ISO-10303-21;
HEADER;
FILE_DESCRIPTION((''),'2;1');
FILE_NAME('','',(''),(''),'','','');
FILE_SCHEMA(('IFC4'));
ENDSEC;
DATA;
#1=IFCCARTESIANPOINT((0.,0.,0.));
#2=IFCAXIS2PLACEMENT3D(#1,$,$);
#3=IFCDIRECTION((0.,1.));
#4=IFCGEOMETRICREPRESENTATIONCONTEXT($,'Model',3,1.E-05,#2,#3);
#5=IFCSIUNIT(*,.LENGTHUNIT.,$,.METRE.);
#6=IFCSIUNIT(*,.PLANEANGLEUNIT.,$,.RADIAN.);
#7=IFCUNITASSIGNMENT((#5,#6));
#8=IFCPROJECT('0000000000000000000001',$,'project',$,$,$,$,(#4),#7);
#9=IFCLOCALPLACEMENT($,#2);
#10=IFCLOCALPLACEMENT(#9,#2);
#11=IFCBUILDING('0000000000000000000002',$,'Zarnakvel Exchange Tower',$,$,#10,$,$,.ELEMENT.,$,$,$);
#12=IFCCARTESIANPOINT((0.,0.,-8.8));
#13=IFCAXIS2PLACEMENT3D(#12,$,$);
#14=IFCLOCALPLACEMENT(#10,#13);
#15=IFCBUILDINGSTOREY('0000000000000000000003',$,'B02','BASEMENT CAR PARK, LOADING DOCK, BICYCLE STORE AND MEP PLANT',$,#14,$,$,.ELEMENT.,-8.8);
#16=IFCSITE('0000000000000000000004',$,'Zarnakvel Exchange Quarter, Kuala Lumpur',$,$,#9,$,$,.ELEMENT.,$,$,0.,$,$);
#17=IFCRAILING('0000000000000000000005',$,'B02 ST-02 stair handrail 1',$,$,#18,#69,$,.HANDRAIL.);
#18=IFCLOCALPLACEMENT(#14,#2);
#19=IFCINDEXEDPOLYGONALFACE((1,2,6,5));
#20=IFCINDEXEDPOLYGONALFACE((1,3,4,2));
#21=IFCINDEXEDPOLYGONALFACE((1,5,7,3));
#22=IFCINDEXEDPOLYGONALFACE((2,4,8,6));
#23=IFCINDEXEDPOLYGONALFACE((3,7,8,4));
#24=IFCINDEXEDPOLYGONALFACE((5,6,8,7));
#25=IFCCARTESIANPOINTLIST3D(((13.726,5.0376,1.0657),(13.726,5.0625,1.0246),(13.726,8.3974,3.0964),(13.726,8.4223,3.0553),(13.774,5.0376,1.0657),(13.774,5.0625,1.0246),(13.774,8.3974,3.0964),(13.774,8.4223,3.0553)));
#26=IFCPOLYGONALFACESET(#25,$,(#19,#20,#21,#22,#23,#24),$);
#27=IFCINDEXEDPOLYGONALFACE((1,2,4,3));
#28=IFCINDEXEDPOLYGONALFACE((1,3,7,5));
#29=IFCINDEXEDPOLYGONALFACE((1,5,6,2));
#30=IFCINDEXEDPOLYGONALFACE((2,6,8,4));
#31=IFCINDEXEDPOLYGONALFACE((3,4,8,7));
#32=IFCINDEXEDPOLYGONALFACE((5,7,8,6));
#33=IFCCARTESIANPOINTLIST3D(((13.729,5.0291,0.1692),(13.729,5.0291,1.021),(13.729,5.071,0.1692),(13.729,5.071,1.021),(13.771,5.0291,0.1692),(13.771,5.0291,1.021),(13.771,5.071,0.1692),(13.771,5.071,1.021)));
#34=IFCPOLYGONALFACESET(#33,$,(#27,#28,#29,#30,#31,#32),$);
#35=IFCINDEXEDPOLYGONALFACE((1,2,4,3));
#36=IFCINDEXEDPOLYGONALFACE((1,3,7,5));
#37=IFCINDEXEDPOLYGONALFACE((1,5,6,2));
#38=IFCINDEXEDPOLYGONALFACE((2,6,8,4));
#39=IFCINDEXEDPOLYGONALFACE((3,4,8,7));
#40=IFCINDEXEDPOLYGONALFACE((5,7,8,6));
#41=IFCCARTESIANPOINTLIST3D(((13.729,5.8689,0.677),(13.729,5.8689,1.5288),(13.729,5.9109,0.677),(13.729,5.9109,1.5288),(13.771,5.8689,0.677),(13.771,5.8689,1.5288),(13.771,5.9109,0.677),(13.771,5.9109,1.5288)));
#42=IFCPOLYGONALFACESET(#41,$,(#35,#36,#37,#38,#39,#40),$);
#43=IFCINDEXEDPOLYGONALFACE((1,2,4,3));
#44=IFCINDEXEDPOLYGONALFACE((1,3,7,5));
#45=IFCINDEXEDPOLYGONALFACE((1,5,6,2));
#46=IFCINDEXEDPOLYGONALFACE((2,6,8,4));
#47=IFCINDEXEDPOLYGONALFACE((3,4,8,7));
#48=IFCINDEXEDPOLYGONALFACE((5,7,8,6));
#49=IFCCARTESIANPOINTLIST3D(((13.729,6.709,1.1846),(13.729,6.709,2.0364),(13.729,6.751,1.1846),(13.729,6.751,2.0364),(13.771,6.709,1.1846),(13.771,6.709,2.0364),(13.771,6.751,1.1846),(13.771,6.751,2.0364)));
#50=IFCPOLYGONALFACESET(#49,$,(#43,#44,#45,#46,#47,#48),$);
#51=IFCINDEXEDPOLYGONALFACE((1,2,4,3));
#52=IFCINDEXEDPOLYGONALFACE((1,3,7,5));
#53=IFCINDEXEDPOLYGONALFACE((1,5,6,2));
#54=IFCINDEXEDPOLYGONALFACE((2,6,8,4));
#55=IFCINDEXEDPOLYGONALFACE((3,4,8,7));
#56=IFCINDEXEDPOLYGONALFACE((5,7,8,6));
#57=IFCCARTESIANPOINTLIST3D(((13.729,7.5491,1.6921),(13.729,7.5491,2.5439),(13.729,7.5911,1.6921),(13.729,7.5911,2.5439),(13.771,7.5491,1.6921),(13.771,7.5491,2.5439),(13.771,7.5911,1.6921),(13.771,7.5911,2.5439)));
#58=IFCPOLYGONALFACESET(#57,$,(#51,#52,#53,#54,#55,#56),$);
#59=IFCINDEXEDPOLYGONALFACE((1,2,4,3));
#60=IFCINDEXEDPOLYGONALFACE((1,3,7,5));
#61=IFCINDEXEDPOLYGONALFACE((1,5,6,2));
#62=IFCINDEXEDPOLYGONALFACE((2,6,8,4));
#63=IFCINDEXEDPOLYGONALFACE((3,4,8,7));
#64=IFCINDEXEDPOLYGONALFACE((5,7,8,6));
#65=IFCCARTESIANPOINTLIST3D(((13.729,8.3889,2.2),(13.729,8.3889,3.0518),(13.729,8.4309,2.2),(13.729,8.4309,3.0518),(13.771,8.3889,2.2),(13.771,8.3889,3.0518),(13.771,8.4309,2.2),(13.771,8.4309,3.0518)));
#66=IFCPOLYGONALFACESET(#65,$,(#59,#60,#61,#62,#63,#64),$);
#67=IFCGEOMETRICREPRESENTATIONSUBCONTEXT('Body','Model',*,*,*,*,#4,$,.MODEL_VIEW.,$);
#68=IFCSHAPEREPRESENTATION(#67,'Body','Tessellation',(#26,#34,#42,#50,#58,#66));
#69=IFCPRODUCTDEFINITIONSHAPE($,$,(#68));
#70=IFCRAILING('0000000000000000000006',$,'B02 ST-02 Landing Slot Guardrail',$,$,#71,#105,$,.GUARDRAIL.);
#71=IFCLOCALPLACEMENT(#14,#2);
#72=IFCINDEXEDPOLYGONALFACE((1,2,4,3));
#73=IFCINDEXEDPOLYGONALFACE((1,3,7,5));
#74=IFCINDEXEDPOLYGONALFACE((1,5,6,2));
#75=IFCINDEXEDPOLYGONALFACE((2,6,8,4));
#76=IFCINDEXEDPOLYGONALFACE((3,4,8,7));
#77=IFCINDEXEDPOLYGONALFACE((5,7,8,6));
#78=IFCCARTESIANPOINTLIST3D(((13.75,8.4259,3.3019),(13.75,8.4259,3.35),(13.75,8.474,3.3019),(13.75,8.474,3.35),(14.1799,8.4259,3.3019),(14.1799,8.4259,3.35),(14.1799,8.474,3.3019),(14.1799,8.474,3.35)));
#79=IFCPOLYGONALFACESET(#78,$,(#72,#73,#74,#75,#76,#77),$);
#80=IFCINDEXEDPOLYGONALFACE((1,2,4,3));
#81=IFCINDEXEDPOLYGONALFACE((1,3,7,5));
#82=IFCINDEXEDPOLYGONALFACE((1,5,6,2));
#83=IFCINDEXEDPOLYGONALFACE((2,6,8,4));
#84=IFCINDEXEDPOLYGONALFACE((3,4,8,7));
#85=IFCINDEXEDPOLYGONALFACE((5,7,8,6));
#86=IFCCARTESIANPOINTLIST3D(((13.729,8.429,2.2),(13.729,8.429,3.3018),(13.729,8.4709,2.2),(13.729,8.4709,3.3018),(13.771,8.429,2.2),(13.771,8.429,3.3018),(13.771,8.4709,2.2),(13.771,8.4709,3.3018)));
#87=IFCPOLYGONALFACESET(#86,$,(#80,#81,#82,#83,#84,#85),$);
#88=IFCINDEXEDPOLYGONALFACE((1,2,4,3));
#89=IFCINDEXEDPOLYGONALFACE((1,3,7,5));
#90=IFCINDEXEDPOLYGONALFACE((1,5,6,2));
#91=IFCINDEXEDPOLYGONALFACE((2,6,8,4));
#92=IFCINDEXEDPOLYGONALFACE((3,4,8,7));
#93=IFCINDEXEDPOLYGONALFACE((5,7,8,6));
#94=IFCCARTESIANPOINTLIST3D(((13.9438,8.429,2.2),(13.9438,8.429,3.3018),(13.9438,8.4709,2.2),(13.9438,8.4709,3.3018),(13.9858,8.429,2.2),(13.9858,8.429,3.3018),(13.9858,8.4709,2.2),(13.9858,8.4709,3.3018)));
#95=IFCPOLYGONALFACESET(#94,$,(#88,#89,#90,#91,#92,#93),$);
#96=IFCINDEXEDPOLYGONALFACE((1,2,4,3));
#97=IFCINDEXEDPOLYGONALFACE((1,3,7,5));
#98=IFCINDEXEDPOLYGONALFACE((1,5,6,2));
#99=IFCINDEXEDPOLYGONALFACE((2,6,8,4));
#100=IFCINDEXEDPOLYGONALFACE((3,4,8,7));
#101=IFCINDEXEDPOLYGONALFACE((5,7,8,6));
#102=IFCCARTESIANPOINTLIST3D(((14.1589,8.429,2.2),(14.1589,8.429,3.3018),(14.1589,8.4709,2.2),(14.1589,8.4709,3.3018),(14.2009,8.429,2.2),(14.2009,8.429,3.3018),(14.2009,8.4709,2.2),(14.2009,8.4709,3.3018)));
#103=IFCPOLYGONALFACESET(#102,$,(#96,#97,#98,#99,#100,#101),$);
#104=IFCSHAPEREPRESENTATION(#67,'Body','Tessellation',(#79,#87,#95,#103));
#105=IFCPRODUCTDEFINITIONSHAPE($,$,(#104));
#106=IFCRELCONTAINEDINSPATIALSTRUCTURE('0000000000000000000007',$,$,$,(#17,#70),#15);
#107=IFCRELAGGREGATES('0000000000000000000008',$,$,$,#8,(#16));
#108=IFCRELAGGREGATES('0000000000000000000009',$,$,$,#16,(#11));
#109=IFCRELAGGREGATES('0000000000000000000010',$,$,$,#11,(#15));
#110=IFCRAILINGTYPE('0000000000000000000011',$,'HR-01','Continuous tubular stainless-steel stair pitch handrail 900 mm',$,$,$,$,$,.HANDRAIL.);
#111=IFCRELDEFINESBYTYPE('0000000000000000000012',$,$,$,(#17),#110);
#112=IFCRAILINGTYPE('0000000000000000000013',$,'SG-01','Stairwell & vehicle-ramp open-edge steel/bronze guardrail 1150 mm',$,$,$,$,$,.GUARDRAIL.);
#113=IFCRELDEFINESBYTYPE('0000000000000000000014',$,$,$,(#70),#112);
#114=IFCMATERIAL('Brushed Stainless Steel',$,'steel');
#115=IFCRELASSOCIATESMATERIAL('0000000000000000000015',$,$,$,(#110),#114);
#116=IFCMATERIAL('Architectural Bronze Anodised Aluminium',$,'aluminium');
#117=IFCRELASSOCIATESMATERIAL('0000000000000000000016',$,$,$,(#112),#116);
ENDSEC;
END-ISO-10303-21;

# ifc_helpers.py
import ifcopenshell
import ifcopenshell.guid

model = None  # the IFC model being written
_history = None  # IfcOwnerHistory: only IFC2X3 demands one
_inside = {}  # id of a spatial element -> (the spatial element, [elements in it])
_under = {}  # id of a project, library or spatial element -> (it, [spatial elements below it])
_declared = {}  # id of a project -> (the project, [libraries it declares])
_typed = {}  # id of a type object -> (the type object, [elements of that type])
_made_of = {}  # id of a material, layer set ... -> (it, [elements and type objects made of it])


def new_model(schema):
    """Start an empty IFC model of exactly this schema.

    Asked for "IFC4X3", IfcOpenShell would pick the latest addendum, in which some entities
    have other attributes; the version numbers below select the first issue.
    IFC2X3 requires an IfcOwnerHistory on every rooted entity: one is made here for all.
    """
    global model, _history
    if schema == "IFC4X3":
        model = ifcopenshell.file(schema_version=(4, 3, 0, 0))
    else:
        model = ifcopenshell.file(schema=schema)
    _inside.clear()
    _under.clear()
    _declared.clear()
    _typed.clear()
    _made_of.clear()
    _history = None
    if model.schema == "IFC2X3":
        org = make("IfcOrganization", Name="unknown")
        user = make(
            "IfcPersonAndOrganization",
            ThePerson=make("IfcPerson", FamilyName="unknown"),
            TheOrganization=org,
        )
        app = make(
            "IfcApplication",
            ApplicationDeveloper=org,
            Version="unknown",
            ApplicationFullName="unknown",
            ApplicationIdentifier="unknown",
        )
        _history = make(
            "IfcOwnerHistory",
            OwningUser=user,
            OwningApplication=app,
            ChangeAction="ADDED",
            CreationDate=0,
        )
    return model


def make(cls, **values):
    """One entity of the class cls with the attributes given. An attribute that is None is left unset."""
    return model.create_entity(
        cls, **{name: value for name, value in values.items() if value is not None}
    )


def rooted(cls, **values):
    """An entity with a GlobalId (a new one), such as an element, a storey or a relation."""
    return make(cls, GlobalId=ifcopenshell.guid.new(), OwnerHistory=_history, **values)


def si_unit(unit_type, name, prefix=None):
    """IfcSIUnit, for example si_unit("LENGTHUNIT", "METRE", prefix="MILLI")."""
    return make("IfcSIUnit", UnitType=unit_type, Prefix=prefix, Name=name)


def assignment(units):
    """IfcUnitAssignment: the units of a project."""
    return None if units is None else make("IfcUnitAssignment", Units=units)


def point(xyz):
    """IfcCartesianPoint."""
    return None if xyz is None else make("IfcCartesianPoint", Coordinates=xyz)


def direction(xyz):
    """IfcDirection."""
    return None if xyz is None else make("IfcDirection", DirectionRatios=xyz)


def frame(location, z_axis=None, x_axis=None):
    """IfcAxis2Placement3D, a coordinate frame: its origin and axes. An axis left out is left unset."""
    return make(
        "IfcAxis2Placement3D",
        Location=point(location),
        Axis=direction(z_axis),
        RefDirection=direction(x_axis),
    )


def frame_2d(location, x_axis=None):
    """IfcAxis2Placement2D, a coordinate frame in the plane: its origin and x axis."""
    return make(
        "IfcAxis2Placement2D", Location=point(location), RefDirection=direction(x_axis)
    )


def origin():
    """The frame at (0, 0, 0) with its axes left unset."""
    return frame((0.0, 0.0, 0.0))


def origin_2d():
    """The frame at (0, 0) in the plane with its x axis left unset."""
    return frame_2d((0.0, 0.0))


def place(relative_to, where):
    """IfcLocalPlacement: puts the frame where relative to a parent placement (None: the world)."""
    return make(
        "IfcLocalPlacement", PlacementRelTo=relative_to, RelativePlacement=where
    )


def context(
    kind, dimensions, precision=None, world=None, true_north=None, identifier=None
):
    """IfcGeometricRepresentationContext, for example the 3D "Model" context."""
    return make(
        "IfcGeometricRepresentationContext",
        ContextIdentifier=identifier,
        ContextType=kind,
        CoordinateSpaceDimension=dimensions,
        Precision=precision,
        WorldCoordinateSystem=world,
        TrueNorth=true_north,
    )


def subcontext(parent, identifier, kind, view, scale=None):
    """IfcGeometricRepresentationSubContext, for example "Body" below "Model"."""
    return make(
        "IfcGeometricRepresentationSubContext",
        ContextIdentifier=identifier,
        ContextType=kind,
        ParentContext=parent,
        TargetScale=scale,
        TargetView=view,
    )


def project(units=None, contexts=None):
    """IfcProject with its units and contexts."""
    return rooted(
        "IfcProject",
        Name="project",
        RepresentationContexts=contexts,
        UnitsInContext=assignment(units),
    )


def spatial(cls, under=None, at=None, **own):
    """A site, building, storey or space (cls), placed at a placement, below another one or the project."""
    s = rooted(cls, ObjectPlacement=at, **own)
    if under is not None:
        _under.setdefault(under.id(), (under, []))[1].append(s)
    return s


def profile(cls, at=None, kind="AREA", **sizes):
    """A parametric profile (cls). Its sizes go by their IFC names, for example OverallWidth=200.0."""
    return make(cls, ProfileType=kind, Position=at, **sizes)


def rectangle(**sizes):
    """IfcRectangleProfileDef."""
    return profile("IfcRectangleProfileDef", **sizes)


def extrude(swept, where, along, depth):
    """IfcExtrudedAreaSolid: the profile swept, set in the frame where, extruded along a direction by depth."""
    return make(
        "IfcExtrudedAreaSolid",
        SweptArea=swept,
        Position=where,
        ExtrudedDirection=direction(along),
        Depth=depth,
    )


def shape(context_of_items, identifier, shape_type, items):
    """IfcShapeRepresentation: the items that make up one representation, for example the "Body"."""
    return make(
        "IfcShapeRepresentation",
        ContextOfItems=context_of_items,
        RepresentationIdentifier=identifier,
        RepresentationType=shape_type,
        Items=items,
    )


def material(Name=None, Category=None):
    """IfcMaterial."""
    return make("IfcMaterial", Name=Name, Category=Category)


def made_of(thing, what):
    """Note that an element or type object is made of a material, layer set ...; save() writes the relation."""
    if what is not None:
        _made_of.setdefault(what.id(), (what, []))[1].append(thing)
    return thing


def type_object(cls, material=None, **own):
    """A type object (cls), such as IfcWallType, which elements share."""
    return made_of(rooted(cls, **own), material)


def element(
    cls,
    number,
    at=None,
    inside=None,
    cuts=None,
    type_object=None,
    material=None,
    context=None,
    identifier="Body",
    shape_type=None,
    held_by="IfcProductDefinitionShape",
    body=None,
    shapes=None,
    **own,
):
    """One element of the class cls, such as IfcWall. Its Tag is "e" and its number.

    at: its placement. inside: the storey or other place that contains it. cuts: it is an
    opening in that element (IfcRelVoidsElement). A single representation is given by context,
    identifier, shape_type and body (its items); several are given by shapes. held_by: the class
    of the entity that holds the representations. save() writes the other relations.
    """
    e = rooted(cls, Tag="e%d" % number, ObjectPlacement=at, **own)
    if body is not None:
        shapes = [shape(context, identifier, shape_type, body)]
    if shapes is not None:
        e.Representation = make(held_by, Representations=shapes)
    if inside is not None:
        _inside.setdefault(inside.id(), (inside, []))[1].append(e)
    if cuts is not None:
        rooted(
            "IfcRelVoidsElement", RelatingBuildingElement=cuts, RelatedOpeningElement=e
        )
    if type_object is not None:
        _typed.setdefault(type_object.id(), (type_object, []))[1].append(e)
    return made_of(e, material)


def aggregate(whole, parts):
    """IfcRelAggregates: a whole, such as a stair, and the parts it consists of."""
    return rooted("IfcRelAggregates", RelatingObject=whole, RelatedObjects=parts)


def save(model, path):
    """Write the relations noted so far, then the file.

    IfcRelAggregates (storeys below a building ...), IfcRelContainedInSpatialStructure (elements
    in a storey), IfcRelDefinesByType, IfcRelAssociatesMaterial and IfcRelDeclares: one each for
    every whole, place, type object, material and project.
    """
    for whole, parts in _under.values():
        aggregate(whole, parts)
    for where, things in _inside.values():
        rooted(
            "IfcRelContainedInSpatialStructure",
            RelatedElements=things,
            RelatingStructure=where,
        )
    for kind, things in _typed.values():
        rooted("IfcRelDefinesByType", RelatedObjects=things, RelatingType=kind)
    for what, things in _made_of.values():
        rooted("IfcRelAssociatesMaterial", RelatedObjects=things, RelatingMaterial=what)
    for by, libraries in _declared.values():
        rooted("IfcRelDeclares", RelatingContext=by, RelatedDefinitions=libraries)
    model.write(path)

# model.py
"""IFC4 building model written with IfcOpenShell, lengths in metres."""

from ifc_helpers import new_model, si_unit, direction, frame, origin, origin_2d, place, context, subcontext, project, spatial, rectangle, extrude, material, type_object, element, save


model = new_model("IFC4")

# Units and contexts
model_context = context("Model", 3, precision=1e-05, world=origin(), true_north=direction((0.0, 1.0)))
body_context = subcontext(model_context, "Body", "Model", "MODEL_VIEW")
ifc_project = project(units=[si_unit("LENGTHUNIT", "METRE"), si_unit("PLANEANGLEUNIT", "RADIAN")], contexts=[model_context])

# Site, building, storey
site_placement = place(None, origin())
site = spatial("IfcSite", under=ifc_project, at=site_placement, Name="Zarnakvel Exchange Quarter, Kuala Lumpur", CompositionType="ELEMENT", RefElevation=0.0)
building_placement = place(site_placement, origin())
building = spatial("IfcBuilding", under=site, at=building_placement, Name="Zarnakvel Exchange Tower", CompositionType="ELEMENT")
storey_placement = place(building_placement, frame((0.0, 0.0, -8.8)))
storey = spatial("IfcBuildingStorey", under=building, at=storey_placement, Name="B02", Description="BASEMENT CAR PARK, LOADING DOCK, BICYCLE STORE AND MEP PLANT", CompositionType="ELEMENT", Elevation=-8.8)

# Railings
ifc_material_1 = material(Name="Brushed Stainless Steel", Category="steel")
railing_type_1 = type_object("IfcRailingType", Name="HR-01", Description="Continuous tubular stainless-steel stair pitch handrail 900 mm", PredefinedType="HANDRAIL", material=ifc_material_1)
railing_1_placement = place(storey_placement, frame((13.75, 5.05, 0.1692)))
element("IfcRailing", 1, at=railing_1_placement, inside=storey, type_object=railing_type_1, Name="B02 ST-02 stair handrail 1", PredefinedType="HANDRAIL", context=body_context, shape_type="SweptSolid", body=[
    extrude(rectangle(XDim=0.0481, YDim=0.0481, at=origin_2d()), frame((0.0, 0.0, 0.876), z_axis=(0.0, 0.85582, 0.517273), x_axis=(-1.0, 0.0, 0.0)), (0.0, 0.0, 1.0), 3.9258),
    extrude(rectangle(XDim=0.042, YDim=0.042, at=origin_2d()), origin(), (0.0, 0.0, 1.0), 0.8518),
    extrude(rectangle(XDim=0.042, YDim=0.042, at=origin_2d()), frame((0.0, 0.8398, 0.5078)), (0.0, 0.0, 1.0), 0.8518),
    extrude(rectangle(XDim=0.042, YDim=0.042, at=origin_2d()), frame((0.0, 1.6799, 1.0154)), (0.0, 0.0, 1.0), 0.8518),
    extrude(rectangle(XDim=0.042, YDim=0.042, at=origin_2d()), frame((0.0, 2.52, 1.5229)), (0.0, 0.0, 1.0), 0.8518),
    extrude(rectangle(XDim=0.042, YDim=0.042, at=origin_2d()), frame((0.0, 3.3599, 2.0308)), (0.0, 0.0, 1.0), 0.8518),
])
ifc_material_2 = material(Name="Architectural Bronze Anodised Aluminium", Category="aluminium")
railing_type_2 = type_object("IfcRailingType", Name="SG-01", Description="Stairwell & vehicle-ramp open-edge steel/bronze guardrail 1150 mm", PredefinedType="GUARDRAIL", material=ifc_material_2)
railing_2_placement = place(storey_placement, frame((13.75, 8.45, 2.2)))
element("IfcRailing", 2, at=railing_2_placement, inside=storey, type_object=railing_type_2, Name="B02 ST-02 Landing Slot Guardrail", PredefinedType="GUARDRAIL", context=body_context, shape_type="SweptSolid", body=[
    extrude(rectangle(XDim=0.0481, YDim=0.0481, at=origin_2d()), frame((0.0, 0.0, 1.126), z_axis=(1.0, 0.0, 0.0), x_axis=(0.0, 1.0, 0.0)), (0.0, 0.0, 1.0), 0.4299),
    extrude(rectangle(XDim=0.042, YDim=0.042, at=origin_2d()), origin(), (0.0, 0.0, 1.0), 1.1018),
    extrude(rectangle(XDim=0.042, YDim=0.042, at=origin_2d()), frame((0.2148, 0.0, 0.0)), (0.0, 0.0, 1.0), 1.1018),
    extrude(rectangle(XDim=0.042, YDim=0.042, at=origin_2d()), frame((0.4299, 0.0, 0.0)), (0.0, 0.0, 1.0), 1.1018),
])

save(model, "model.ifc")
